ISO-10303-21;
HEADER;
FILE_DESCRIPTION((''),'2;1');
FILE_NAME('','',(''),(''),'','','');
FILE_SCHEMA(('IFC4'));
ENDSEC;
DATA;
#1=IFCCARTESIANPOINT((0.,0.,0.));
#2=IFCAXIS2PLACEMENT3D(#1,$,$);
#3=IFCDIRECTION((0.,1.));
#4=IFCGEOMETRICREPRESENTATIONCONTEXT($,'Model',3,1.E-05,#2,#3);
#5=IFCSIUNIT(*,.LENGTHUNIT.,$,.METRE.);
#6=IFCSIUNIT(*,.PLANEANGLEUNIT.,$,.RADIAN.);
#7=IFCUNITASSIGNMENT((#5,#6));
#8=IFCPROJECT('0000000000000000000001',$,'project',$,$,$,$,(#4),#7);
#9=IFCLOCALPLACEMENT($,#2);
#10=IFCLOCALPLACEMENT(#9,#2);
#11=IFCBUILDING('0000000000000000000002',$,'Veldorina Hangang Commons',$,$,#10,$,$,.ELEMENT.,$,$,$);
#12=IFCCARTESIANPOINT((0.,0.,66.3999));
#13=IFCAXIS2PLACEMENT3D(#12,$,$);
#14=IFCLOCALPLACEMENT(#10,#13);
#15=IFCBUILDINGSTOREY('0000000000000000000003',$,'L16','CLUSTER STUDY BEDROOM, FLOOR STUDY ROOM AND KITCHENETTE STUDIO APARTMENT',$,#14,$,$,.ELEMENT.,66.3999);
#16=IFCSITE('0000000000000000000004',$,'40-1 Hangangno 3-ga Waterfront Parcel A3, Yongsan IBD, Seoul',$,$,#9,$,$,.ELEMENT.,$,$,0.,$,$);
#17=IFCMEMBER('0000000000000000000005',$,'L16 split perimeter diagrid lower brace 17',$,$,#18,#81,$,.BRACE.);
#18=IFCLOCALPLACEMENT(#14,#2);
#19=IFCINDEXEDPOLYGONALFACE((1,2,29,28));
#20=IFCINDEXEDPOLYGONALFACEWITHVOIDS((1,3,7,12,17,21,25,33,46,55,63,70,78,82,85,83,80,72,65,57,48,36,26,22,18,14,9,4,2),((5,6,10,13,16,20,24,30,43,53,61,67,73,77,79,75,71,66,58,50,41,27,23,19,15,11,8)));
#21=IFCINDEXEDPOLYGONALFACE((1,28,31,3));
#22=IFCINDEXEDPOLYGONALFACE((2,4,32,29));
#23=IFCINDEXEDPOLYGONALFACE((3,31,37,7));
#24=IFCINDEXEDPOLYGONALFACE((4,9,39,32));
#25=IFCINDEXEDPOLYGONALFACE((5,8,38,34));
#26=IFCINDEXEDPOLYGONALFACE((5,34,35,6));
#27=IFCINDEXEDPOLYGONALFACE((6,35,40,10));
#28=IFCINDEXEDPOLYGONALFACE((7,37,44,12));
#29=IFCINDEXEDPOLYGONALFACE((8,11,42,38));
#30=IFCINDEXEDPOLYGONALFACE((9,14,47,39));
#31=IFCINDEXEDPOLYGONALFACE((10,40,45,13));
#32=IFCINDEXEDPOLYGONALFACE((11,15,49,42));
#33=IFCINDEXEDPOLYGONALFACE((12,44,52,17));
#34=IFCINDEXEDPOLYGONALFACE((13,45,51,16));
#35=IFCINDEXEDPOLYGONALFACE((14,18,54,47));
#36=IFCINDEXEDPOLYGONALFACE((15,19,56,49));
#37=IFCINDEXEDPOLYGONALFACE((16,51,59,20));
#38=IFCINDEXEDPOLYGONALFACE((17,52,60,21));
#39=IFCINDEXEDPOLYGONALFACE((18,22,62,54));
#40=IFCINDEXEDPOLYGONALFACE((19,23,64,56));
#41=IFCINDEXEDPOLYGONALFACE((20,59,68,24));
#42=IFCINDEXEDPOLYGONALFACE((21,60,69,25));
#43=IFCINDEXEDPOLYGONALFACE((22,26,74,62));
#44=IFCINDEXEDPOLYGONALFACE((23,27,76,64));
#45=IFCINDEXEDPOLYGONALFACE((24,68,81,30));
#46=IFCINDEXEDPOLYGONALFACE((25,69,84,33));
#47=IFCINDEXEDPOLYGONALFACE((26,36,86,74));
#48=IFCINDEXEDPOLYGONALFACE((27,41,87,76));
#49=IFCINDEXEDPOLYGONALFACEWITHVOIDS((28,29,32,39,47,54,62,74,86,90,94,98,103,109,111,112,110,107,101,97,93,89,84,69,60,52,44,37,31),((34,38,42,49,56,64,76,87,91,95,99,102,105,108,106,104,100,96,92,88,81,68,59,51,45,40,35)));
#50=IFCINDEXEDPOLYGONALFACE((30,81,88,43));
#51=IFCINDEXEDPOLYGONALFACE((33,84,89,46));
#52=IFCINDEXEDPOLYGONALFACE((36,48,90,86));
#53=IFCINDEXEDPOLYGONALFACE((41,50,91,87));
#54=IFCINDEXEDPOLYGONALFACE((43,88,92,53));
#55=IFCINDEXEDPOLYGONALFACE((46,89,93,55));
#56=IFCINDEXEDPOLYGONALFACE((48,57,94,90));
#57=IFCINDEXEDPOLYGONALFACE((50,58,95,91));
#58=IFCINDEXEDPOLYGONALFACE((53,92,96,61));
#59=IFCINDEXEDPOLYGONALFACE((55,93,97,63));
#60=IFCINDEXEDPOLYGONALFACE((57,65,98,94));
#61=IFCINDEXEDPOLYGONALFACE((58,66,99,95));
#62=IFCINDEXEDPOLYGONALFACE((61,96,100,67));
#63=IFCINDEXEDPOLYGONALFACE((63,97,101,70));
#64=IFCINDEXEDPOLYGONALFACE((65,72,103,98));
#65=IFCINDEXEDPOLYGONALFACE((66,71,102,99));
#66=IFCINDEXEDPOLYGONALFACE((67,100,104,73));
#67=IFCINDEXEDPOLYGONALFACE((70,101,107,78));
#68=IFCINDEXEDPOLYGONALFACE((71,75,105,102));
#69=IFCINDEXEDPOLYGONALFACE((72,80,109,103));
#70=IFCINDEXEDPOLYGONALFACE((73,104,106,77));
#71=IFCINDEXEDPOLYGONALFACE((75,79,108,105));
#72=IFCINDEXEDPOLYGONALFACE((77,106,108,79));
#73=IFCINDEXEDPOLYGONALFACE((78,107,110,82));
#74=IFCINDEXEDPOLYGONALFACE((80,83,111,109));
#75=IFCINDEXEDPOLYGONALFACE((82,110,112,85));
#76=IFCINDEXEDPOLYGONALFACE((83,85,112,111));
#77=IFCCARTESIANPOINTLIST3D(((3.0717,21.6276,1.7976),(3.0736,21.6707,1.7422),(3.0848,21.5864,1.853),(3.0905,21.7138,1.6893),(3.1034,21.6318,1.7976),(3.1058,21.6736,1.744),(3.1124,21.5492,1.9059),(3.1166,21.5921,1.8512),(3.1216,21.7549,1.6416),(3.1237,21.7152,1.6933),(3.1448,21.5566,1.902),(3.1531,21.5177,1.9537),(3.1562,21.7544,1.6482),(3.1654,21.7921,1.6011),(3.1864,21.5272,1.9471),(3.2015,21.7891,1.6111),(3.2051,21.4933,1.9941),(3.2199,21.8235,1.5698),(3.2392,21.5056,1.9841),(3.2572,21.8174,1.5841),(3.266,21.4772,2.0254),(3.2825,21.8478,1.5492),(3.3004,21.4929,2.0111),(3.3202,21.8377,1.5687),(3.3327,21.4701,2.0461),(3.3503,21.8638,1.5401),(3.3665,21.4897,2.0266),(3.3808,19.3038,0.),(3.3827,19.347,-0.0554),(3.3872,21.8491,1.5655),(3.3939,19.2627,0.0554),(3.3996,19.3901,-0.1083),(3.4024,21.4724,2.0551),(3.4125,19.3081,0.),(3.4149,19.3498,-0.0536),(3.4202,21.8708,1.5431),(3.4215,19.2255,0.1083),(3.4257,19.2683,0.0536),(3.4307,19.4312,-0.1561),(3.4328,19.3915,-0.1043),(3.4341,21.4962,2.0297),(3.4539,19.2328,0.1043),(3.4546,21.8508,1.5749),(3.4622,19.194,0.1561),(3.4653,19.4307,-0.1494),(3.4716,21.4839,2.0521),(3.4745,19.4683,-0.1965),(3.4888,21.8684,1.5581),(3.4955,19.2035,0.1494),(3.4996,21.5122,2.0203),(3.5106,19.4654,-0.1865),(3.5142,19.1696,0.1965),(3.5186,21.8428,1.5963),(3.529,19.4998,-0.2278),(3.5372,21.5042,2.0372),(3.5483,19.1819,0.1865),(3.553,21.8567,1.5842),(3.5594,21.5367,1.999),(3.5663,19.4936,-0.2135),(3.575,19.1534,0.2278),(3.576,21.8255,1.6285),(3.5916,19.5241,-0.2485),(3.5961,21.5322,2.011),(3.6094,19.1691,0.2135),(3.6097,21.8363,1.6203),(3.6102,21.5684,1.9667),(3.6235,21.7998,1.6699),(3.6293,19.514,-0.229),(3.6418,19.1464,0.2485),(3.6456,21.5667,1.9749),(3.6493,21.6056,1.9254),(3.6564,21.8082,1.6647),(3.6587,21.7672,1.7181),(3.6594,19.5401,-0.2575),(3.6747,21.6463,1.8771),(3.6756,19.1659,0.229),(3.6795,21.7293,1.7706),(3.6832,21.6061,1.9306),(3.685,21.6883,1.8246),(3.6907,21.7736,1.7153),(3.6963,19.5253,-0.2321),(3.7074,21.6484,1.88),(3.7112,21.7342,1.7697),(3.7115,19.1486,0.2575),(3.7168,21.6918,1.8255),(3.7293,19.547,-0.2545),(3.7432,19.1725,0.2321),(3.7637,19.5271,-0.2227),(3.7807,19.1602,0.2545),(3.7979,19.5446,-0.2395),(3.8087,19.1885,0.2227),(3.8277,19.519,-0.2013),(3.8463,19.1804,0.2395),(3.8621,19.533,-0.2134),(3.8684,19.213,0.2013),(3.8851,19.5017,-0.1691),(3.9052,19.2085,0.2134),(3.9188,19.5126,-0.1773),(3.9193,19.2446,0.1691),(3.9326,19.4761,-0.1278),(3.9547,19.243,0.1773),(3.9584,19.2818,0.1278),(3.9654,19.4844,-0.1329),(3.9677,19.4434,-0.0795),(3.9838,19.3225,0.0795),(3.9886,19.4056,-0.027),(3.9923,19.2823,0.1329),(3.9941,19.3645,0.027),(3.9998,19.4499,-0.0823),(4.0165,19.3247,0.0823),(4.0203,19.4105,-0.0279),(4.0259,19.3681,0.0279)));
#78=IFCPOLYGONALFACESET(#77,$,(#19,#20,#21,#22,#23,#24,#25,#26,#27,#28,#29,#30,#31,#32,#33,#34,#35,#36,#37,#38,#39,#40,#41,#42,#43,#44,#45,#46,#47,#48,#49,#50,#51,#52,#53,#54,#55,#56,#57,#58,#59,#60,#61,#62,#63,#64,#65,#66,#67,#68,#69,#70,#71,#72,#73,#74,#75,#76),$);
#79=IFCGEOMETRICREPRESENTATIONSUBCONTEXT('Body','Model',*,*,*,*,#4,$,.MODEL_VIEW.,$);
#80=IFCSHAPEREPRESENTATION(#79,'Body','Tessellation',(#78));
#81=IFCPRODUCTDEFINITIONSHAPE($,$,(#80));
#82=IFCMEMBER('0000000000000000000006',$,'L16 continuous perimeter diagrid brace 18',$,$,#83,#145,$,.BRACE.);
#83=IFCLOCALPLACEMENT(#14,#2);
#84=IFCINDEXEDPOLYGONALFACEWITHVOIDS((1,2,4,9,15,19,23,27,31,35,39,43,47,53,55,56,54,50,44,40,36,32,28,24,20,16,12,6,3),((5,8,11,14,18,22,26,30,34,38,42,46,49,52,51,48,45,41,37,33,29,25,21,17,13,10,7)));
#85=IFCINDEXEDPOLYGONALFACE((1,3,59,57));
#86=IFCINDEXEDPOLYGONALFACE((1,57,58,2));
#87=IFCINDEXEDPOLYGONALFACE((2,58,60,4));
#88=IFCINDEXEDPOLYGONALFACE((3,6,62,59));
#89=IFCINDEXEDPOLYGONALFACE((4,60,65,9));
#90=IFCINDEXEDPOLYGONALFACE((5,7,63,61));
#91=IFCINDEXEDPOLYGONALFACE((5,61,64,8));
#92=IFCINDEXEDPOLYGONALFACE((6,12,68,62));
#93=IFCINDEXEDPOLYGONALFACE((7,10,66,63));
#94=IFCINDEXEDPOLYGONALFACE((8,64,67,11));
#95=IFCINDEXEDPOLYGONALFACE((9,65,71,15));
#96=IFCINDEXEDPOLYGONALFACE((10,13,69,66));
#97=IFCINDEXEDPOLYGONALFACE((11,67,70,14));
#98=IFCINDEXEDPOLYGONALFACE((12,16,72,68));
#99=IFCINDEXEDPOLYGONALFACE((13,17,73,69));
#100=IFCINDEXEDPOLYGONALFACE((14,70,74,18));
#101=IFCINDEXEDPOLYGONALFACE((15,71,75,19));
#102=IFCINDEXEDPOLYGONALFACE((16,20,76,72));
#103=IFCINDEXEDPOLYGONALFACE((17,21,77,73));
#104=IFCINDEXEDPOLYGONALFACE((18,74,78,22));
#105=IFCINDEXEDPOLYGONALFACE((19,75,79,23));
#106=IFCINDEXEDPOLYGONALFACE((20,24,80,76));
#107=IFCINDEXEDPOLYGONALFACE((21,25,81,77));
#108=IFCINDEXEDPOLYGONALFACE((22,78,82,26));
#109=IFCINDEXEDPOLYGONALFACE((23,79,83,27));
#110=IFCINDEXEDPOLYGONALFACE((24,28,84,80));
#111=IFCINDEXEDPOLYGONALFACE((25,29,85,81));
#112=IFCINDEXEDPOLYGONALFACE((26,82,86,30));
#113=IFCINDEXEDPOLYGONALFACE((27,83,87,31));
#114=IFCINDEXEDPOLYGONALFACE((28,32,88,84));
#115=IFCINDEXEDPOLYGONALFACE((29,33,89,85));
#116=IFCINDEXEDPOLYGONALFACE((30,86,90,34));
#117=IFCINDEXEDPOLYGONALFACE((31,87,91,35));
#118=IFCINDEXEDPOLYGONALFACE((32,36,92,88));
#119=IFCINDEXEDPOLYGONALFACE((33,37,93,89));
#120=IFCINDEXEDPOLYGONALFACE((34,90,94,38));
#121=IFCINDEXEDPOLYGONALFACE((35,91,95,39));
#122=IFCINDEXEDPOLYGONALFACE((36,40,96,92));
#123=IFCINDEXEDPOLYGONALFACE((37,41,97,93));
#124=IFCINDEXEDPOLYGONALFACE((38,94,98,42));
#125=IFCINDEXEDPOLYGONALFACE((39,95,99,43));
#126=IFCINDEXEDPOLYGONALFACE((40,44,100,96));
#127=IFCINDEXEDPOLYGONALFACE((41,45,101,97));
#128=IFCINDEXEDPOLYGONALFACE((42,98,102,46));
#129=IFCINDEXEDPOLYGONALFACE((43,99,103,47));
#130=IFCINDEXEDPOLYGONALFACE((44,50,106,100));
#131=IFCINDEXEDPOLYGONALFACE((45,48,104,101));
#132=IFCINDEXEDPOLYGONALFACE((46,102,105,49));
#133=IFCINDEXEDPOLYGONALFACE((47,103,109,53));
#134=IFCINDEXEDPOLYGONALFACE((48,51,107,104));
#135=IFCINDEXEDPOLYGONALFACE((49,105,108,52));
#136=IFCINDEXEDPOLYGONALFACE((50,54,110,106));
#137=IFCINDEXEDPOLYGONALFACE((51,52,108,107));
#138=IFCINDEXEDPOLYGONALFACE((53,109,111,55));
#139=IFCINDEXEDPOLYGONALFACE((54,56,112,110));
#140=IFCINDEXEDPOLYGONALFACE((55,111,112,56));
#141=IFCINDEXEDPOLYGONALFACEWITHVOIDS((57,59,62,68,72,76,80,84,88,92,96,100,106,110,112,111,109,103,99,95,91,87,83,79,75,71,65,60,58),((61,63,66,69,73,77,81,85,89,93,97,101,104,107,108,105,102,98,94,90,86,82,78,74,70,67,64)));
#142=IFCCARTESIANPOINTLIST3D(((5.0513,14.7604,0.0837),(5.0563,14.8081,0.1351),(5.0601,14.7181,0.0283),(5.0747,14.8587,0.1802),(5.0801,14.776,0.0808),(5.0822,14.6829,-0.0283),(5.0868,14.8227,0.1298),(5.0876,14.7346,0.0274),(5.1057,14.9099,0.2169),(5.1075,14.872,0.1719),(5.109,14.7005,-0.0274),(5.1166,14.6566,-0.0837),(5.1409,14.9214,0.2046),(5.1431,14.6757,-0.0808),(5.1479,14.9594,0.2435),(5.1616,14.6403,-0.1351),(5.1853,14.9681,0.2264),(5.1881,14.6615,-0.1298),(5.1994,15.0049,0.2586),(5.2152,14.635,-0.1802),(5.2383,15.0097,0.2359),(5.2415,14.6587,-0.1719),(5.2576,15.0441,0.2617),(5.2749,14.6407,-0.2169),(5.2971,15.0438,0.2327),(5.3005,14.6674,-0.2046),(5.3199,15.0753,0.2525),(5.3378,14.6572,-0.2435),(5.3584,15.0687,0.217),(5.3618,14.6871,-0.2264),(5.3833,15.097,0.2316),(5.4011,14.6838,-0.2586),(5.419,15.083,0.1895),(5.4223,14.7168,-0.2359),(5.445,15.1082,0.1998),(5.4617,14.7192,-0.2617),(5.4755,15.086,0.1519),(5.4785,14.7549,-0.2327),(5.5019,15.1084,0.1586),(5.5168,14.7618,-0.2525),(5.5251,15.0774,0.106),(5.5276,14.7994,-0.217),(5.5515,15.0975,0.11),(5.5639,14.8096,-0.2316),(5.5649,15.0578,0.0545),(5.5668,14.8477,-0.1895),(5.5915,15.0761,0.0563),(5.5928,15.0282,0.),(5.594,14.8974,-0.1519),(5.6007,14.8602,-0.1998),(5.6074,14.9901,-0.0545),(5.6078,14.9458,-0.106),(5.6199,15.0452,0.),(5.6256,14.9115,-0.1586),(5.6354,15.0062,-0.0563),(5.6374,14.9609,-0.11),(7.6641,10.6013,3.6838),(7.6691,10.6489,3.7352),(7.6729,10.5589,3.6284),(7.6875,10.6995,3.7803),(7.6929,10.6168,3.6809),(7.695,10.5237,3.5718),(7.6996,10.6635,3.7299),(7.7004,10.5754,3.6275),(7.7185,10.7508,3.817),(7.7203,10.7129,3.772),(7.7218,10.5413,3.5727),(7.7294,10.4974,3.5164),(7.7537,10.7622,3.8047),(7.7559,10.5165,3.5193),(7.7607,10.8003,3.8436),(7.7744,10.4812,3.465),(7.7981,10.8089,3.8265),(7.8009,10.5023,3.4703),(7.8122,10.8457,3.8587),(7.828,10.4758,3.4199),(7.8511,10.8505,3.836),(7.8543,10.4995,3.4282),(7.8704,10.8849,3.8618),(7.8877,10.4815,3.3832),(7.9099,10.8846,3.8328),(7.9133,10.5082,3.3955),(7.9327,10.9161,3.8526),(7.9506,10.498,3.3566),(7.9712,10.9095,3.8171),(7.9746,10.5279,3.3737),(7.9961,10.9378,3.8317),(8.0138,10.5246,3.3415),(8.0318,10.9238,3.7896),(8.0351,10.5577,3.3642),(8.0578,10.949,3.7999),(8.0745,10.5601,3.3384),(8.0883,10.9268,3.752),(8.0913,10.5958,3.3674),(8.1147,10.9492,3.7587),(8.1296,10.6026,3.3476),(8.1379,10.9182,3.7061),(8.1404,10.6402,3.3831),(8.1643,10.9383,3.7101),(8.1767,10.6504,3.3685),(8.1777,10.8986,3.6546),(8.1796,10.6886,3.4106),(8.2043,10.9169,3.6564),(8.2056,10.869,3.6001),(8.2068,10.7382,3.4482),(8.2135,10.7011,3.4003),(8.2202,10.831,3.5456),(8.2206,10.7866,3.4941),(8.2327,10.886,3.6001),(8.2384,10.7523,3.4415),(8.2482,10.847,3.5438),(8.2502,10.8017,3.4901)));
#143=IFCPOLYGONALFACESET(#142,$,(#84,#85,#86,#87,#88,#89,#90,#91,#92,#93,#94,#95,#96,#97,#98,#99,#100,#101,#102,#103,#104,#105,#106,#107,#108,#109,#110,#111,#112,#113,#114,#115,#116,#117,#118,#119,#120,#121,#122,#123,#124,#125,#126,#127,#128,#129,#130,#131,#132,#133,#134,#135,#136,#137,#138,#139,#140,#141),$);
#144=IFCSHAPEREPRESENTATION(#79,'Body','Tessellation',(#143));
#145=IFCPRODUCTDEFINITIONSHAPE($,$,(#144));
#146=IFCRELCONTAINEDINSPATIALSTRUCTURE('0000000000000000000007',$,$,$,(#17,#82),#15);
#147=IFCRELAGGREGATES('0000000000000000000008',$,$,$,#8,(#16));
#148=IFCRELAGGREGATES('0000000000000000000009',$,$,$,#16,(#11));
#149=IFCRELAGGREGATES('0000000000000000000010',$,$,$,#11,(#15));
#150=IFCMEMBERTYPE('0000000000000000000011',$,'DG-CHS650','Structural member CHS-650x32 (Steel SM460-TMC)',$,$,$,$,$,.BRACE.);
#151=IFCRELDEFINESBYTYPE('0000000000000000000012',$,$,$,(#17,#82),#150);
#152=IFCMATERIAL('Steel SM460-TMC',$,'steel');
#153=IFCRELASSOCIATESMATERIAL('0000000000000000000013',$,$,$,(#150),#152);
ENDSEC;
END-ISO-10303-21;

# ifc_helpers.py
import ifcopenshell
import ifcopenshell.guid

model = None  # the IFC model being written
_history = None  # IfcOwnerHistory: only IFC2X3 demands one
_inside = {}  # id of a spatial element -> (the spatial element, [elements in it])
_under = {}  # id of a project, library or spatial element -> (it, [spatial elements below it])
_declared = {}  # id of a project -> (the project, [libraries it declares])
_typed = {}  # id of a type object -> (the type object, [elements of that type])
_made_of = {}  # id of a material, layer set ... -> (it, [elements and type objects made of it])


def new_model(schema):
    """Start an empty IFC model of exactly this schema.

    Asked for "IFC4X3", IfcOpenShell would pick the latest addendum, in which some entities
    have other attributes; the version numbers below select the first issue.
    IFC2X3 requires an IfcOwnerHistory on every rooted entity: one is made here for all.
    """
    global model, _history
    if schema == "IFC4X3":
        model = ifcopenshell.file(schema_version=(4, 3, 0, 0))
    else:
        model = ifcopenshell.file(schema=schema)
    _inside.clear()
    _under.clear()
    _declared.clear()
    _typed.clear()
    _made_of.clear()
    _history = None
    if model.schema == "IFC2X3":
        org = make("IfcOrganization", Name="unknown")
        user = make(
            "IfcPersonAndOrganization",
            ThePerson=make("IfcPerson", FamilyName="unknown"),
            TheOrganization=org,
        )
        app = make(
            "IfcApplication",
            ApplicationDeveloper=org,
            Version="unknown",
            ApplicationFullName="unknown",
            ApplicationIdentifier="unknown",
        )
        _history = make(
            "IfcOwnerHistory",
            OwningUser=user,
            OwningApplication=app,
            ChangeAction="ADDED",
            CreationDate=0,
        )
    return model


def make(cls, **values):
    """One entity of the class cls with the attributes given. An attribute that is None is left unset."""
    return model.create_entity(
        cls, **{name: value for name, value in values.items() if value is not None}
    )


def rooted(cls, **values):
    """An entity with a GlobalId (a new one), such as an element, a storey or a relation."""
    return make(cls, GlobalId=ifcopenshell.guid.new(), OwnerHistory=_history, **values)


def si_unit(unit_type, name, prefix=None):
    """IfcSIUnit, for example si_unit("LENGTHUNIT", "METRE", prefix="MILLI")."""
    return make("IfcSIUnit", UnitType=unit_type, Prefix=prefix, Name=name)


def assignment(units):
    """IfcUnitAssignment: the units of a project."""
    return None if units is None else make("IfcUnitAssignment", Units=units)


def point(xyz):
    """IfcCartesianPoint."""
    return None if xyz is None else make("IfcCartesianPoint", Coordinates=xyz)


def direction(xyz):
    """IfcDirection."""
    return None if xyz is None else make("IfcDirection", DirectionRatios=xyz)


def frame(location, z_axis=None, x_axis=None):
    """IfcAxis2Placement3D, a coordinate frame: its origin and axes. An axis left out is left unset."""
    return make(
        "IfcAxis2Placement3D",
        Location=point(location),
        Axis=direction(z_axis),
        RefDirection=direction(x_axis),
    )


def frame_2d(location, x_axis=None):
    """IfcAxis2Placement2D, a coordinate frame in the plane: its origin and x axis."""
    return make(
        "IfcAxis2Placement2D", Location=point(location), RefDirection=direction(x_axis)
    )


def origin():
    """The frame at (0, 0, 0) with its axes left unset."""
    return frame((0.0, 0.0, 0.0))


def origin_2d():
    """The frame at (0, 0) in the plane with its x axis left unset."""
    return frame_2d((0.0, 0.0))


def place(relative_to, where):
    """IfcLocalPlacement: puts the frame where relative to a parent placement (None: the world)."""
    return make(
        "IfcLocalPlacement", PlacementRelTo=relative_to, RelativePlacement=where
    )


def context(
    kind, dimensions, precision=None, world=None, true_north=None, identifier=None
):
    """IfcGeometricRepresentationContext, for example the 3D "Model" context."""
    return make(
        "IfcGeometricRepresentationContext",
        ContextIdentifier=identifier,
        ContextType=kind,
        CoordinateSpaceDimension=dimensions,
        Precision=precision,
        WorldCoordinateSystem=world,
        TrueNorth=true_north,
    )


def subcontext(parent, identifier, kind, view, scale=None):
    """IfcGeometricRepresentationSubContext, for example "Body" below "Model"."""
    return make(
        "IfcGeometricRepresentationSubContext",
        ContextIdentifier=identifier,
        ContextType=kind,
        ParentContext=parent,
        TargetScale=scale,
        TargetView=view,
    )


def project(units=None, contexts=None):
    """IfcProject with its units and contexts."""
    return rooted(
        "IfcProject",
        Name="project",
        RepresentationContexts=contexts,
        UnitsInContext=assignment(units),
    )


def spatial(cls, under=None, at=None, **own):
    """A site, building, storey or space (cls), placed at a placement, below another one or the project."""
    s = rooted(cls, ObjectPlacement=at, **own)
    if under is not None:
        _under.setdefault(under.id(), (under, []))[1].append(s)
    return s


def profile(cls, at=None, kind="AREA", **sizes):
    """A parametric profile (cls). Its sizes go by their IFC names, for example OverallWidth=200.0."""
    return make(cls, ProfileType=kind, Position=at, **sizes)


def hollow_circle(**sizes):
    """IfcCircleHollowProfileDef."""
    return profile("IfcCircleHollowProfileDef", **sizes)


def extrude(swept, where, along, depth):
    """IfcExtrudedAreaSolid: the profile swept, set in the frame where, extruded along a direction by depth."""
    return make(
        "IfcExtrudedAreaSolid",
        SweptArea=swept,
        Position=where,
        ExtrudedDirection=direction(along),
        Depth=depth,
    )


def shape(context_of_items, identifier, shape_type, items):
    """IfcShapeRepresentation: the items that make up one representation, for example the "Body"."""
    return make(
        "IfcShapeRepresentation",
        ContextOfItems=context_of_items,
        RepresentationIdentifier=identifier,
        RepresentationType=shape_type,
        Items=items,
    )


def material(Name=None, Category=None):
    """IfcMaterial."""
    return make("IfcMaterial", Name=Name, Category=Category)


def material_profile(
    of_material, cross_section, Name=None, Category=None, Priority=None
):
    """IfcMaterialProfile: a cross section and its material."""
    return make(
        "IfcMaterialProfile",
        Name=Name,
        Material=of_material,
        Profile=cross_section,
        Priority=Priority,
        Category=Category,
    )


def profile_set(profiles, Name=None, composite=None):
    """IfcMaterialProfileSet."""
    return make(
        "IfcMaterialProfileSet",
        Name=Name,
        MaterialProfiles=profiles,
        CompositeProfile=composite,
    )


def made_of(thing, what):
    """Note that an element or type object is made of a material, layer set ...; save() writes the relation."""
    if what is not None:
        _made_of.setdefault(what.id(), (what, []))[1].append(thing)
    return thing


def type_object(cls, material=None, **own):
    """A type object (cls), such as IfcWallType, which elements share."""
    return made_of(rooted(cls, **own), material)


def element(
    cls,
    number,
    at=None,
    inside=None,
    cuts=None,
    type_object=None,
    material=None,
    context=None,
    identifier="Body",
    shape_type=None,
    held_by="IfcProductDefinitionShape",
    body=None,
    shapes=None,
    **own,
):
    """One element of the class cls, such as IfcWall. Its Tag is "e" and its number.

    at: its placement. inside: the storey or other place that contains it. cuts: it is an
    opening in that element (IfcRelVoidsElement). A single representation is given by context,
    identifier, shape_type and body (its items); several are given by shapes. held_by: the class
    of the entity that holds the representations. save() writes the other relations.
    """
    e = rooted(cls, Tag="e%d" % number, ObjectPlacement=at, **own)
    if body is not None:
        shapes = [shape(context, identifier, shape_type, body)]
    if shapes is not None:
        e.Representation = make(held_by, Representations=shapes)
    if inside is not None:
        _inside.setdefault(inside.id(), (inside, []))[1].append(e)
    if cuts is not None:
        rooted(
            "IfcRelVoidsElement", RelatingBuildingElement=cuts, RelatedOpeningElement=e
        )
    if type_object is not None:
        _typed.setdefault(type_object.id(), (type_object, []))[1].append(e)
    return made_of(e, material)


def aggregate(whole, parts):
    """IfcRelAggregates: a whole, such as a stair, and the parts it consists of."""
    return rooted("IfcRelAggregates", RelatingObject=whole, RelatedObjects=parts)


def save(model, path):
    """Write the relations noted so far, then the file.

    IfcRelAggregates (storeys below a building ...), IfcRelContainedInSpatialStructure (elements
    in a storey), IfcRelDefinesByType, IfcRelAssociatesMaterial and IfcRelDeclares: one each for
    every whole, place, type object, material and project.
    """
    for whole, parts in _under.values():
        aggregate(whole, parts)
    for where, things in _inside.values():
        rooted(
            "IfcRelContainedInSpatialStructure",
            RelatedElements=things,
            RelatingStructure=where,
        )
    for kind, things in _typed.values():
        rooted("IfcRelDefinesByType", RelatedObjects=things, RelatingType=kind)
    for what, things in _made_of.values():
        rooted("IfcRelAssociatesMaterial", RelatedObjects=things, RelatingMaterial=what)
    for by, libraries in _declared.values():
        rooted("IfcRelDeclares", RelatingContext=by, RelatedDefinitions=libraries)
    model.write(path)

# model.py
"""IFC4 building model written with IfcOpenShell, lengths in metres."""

from ifc_helpers import new_model, si_unit, direction, frame, origin, origin_2d, place, context, subcontext, project, spatial, hollow_circle, extrude, material, material_profile, profile_set, type_object, element, save


model = new_model("IFC4")

# Units and contexts
model_context = context("Model", 3, precision=1e-05, world=origin(), true_north=direction((0.0, 1.0)))
body_context = subcontext(model_context, "Body", "Model", "MODEL_VIEW")
ifc_project = project(units=[si_unit("LENGTHUNIT", "METRE"), si_unit("PLANEANGLEUNIT", "RADIAN")], contexts=[model_context])

# Site, building, storey
site_placement = place(None, origin())
site = spatial("IfcSite", under=ifc_project, at=site_placement, Name="40-1 Hangangno 3-ga Waterfront Parcel A3, Yongsan IBD, Seoul", CompositionType="ELEMENT", RefElevation=0.0)
building_placement = place(site_placement, origin())
building = spatial("IfcBuilding", under=site, at=building_placement, Name="Veldorina Hangang Commons", CompositionType="ELEMENT")
storey_placement = place(building_placement, frame((0.0, 0.0, 66.3999)))
storey = spatial("IfcBuildingStorey", under=building, at=storey_placement, Name="L16", Description="CLUSTER STUDY BEDROOM, FLOOR STUDY ROOM AND KITCHENETTE STUDIO APARTMENT", CompositionType="ELEMENT", Elevation=66.3999)

# Members
ifc_material_1 = material(Name="Steel SM460-TMC", Category="steel")
ifc_material_profile_1 = material_profile(ifc_material_1, hollow_circle(Radius=0.325, WallThickness=0.032, at=origin_2d()), Name="CHS-650x32")
ifc_profile_set_1 = profile_set([ifc_material_profile_1], Name="Steel SM460-TMC")
member_type = type_object("IfcMemberType", Name="DG-CHS650", Description="Structural member CHS-650x32 (Steel SM460-TMC)", PredefinedType="BRACE", material=ifc_profile_set_1)
member_1_placement = place(storey_placement, frame((3.7029, 19.3467, 0.0), z_axis=(-0.104629, 0.786615, 0.608515), x_axis=(-0.99127, -0.13185, 0.0)))
element("IfcMember", 1, at=member_1_placement, inside=storey, type_object=member_type, Name="L16 split perimeter diagrid lower brace 17", PredefinedType="BRACE", context=body_context, shape_type="SweptSolid", body=[
    extrude(hollow_circle(Radius=0.325, WallThickness=0.032, at=origin_2d()), origin(), (0.0, 0.0, 1.0), 2.9541),
])
member_2_placement = place(storey_placement, frame((5.3447, 14.8723, 0.0), z_axis=(0.429041, -0.68297, 0.591164), x_axis=(0.846779, 0.531946, 0.0)))
element("IfcMember", 2, at=member_2_placement, inside=storey, type_object=member_type, Name="L16 continuous perimeter diagrid brace 18", PredefinedType="BRACE", context=body_context, shape_type="SweptSolid", body=[
    extrude(hollow_circle(Radius=0.325, WallThickness=0.032, at=origin_2d()), origin(), (0.0, 0.0, 1.0), 6.0898),
])

save(model, "model.ifc")
